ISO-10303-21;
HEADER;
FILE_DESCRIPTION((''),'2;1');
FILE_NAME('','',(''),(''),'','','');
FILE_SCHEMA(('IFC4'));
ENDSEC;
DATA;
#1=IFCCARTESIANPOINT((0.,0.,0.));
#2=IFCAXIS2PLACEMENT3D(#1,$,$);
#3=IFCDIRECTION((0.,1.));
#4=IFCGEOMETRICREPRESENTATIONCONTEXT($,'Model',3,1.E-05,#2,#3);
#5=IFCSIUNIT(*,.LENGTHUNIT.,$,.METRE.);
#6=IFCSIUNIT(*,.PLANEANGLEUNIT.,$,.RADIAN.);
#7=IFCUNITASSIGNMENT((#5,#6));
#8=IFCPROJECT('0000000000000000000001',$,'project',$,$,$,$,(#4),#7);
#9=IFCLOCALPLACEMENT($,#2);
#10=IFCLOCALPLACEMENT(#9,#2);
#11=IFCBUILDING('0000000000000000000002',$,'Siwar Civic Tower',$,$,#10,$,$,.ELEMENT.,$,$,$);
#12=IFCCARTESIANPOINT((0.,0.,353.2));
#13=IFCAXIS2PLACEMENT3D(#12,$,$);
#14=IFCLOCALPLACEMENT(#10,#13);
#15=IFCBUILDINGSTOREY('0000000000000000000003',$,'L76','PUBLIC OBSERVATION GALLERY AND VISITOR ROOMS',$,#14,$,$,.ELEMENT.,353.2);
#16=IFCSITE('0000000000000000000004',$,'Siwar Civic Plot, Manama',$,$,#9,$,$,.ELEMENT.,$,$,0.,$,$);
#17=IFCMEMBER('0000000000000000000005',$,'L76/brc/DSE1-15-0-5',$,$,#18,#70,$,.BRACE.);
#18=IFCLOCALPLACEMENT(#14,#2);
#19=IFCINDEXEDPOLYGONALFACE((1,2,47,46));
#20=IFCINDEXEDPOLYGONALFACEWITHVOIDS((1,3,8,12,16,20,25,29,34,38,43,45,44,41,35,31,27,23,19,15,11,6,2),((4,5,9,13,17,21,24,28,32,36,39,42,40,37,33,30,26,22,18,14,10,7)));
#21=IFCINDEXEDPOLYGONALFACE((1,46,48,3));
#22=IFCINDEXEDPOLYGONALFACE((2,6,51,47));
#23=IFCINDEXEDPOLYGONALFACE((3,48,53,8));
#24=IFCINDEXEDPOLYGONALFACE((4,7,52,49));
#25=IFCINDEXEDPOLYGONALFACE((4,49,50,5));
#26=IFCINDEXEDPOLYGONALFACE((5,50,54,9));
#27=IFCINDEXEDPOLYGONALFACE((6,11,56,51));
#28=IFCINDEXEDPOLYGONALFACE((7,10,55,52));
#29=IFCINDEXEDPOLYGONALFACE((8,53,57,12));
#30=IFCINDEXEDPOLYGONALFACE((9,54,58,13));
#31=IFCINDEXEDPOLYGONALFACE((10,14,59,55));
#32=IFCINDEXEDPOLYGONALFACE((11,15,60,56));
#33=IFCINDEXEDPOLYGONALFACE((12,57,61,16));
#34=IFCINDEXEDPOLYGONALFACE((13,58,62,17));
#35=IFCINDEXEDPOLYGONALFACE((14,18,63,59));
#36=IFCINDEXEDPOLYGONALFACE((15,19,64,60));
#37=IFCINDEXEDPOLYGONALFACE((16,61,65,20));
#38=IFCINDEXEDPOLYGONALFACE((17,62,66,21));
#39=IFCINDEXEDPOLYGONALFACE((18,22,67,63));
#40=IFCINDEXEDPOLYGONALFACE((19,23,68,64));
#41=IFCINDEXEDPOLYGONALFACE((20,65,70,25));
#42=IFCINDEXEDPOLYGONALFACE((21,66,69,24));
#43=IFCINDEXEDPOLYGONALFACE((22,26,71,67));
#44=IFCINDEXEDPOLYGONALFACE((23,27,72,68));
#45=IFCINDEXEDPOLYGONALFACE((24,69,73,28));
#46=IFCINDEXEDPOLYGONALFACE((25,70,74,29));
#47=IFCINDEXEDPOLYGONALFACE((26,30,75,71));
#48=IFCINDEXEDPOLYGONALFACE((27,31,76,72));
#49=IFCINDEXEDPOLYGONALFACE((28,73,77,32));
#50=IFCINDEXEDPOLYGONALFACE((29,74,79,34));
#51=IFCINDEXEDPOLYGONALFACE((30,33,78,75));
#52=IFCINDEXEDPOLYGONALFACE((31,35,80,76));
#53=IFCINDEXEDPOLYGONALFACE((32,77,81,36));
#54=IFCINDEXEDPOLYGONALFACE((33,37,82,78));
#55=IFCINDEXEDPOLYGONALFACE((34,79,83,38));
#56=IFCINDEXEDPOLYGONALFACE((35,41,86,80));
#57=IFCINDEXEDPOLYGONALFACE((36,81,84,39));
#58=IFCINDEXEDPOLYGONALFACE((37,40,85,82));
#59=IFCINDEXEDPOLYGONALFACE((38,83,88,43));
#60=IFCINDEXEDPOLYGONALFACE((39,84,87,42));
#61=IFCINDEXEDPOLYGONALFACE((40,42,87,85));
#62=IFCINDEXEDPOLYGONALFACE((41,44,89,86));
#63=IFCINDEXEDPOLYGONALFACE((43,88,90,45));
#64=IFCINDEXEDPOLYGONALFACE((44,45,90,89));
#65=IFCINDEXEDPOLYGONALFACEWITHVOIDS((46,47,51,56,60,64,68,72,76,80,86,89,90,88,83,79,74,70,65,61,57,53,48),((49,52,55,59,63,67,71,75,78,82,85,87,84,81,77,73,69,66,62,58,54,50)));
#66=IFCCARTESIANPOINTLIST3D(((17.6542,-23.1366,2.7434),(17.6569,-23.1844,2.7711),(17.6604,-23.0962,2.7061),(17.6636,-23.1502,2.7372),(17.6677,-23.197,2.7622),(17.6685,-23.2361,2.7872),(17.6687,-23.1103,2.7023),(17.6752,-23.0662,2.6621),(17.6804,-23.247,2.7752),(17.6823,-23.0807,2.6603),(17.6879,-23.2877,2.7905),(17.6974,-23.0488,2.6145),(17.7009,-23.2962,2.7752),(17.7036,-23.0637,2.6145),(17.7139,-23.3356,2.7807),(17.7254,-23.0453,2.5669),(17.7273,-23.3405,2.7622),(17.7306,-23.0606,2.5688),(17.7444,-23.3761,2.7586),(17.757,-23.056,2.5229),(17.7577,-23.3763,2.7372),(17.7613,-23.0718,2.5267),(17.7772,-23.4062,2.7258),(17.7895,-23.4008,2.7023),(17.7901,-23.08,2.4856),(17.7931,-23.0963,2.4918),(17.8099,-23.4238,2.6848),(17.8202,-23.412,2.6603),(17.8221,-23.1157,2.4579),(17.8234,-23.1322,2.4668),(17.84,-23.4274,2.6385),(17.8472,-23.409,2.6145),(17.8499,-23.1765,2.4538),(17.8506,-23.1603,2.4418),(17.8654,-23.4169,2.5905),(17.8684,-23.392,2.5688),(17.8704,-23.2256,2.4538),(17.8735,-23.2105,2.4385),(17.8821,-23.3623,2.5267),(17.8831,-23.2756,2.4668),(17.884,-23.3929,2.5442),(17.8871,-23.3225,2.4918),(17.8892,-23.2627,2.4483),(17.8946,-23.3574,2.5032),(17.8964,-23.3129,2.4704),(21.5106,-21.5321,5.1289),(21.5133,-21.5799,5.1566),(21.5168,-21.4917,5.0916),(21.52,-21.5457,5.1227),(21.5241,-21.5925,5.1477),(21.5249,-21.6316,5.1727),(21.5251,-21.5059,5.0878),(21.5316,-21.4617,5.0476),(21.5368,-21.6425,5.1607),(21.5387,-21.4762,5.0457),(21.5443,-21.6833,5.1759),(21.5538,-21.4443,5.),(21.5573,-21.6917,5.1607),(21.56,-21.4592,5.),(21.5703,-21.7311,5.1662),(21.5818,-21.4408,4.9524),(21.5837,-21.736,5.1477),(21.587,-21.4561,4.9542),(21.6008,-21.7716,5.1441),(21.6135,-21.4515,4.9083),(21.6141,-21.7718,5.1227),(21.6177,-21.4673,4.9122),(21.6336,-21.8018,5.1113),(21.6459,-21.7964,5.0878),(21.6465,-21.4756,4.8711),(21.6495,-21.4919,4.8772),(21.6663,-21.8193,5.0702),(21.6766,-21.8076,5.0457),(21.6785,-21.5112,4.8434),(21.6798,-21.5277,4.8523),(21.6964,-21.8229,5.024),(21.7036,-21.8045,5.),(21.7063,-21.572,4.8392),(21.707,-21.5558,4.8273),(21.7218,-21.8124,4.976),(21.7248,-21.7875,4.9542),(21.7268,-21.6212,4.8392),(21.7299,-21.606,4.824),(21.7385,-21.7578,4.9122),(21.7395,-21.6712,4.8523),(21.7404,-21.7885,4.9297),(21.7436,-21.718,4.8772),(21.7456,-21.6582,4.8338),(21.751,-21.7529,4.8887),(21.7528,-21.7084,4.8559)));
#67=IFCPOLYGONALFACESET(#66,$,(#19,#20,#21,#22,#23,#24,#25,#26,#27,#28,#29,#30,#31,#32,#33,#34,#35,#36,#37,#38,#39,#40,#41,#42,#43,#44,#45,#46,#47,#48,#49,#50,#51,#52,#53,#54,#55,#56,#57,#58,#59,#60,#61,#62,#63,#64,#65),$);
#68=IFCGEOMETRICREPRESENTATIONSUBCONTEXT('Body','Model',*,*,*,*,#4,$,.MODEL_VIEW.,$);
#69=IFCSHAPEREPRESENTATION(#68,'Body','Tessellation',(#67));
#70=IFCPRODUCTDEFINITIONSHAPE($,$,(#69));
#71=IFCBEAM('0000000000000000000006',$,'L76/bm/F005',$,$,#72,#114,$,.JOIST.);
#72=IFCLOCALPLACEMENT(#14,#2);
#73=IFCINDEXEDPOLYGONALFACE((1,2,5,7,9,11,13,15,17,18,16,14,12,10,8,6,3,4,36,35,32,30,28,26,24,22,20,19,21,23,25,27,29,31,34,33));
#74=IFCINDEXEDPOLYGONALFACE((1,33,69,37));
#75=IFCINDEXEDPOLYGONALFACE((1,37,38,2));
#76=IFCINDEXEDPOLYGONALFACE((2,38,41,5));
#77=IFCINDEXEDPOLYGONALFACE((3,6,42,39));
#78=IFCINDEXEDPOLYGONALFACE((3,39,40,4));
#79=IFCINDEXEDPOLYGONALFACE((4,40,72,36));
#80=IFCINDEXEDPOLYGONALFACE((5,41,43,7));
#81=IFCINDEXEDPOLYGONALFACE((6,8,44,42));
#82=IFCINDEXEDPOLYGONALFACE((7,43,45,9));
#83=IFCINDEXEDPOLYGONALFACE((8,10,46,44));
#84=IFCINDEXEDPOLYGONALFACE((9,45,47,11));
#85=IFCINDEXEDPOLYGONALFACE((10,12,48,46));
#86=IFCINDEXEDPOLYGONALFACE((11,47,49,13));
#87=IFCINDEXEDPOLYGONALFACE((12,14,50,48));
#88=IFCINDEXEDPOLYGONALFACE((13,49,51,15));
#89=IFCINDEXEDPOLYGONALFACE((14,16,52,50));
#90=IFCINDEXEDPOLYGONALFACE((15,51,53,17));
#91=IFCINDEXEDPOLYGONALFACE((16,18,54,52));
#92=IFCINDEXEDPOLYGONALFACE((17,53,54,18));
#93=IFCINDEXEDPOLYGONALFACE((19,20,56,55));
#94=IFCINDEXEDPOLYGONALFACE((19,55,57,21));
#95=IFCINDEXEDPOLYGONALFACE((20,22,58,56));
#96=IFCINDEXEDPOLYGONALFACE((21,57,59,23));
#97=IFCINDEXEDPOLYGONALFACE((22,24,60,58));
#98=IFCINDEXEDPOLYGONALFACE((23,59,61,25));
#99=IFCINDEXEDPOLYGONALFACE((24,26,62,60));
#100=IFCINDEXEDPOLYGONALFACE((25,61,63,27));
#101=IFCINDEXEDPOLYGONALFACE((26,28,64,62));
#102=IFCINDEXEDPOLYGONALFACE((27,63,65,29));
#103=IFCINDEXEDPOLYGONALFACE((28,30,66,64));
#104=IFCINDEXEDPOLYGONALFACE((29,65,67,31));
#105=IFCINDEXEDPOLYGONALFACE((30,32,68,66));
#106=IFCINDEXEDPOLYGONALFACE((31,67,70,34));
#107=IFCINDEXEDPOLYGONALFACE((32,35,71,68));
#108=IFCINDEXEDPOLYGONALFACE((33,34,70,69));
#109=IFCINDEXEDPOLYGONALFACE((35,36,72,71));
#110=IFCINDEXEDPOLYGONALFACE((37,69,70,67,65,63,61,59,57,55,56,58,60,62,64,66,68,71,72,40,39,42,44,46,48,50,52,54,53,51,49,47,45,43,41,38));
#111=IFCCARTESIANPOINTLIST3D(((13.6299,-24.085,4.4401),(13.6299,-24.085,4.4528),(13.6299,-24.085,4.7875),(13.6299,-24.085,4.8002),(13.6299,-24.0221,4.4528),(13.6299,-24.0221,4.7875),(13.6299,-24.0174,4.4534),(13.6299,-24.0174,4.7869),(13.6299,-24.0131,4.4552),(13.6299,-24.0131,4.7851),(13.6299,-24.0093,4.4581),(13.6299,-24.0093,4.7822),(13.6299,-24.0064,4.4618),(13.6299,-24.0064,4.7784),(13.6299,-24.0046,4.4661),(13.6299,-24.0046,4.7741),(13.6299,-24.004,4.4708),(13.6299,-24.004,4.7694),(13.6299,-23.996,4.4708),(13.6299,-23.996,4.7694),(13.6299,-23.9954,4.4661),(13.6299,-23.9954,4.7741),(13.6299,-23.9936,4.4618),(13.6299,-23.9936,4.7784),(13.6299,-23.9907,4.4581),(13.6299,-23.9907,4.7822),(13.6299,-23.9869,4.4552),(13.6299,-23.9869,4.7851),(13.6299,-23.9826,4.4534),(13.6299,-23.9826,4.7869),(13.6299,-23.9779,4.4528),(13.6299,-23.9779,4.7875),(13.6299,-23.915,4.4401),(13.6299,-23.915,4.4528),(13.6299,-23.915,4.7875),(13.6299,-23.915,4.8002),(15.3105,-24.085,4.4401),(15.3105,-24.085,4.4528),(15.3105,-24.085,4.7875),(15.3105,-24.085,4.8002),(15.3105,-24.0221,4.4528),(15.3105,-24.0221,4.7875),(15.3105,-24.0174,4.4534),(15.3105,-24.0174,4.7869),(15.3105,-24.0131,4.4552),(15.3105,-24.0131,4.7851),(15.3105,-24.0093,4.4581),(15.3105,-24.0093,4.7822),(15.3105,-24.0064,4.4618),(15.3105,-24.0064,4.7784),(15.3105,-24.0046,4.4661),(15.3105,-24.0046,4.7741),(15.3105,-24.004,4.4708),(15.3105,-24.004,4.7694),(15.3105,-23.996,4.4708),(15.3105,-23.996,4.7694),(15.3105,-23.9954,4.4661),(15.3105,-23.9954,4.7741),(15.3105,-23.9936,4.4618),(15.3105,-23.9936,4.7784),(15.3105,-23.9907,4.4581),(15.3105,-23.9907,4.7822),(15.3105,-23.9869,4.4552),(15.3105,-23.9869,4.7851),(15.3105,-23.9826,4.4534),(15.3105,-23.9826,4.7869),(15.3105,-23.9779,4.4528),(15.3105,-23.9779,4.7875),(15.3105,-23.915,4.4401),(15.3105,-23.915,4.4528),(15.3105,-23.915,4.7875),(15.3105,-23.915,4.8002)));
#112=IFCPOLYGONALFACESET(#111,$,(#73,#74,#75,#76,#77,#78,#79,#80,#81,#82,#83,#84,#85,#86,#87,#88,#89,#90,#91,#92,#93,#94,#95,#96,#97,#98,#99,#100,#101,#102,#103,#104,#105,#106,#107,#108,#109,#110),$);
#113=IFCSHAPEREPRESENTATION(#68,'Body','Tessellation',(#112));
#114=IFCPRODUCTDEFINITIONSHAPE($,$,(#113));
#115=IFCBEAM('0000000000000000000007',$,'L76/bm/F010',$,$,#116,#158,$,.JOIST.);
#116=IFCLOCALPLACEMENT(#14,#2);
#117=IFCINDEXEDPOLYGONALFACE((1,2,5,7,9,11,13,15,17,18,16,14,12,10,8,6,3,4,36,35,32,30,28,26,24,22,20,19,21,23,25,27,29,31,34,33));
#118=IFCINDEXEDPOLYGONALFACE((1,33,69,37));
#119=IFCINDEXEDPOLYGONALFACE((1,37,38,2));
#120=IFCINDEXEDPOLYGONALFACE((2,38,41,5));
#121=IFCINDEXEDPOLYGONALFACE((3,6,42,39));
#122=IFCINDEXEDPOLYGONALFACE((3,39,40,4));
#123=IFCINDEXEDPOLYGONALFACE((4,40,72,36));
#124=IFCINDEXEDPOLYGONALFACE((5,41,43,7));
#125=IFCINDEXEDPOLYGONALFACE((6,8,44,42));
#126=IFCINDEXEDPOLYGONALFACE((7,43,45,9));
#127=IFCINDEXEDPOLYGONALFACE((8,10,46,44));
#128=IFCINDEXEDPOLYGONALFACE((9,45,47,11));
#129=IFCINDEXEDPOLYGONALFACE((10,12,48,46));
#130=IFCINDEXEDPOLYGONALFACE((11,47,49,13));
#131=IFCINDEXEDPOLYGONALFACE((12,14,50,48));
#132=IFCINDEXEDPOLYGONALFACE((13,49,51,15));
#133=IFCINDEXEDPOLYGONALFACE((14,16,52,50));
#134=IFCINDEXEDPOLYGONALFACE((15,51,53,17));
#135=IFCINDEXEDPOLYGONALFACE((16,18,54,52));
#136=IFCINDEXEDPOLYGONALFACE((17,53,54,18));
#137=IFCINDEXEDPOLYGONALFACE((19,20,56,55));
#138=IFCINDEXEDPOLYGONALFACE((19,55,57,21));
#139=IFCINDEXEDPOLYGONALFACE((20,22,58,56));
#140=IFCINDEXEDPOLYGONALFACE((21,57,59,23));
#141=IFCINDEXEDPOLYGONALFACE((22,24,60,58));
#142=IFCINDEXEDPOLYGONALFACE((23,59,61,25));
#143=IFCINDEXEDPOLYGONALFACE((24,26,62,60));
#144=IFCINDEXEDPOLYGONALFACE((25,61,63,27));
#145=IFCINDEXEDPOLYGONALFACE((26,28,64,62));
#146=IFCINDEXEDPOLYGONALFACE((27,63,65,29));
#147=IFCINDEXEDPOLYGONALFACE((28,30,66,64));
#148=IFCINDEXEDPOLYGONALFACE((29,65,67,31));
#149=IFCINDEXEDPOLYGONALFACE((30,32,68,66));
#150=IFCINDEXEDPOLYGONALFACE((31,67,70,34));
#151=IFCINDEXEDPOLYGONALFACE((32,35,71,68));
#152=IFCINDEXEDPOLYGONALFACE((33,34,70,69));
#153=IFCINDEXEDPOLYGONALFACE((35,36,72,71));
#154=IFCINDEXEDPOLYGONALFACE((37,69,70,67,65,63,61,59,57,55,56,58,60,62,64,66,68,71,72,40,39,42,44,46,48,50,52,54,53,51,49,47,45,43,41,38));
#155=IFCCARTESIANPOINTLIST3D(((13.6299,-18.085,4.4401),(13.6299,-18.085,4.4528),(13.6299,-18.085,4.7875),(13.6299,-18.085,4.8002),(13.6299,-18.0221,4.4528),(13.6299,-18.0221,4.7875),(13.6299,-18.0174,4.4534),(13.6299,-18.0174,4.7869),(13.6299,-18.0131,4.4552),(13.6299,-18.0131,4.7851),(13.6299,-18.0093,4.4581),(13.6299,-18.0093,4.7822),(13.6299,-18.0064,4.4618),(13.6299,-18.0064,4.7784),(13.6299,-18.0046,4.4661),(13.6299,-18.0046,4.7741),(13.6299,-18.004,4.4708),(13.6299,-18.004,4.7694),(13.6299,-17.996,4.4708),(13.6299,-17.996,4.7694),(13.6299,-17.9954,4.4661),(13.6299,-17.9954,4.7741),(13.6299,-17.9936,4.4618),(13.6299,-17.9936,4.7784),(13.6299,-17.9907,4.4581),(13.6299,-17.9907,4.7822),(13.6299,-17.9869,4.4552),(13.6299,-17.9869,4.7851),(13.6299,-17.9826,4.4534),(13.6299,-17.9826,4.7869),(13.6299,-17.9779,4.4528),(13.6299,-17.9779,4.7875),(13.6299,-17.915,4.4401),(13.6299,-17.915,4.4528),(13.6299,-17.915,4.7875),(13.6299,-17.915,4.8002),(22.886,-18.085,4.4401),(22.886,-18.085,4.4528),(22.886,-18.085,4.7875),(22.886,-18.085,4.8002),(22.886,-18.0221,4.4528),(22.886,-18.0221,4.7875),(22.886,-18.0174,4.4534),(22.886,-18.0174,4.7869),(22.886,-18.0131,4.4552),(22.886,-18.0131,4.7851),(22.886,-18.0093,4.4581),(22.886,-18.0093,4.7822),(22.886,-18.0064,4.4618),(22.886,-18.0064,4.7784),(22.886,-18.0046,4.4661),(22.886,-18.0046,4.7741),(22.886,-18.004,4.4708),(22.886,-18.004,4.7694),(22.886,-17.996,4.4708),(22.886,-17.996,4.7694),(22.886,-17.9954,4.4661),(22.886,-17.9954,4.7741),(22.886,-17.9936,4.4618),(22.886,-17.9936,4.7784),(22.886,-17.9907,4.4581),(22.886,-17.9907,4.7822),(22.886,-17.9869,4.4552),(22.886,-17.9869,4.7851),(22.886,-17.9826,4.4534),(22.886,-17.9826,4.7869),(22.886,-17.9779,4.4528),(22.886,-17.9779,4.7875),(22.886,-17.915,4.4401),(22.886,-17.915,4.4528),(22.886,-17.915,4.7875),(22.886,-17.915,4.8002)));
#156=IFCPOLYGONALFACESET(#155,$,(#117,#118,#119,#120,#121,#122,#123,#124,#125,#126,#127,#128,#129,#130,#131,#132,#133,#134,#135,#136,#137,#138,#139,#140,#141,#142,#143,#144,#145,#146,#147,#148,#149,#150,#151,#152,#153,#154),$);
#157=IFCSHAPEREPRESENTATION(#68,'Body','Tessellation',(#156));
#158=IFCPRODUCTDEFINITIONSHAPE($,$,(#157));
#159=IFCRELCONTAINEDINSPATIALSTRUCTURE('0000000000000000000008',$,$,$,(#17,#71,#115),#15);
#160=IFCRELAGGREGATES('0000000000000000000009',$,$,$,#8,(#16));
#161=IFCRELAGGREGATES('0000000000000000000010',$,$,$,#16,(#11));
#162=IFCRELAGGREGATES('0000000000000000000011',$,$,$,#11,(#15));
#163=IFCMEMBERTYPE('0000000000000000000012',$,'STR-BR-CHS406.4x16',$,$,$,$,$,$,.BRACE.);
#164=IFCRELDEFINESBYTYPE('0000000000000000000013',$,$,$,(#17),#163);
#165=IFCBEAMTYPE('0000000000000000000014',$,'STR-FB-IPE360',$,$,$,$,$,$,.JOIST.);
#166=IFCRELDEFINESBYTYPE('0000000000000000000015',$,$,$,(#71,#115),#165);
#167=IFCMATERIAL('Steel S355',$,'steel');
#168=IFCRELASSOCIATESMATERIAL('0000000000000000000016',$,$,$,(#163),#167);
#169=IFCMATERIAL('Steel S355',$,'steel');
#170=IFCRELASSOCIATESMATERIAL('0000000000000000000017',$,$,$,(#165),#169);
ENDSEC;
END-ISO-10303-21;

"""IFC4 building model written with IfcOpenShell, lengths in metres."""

from ifc_helpers import new_model, si_unit, direction, frame, origin, origin_2d, place, context, subcontext, project, spatial, hollow_circle, i_section, extrude, material, material_profile, profile_set, type_object, element, save


model = new_model("IFC4")

# Units and contexts
model_context = context("Model", 3, precision=1e-05, world=origin(), true_north=direction((0.0, 1.0)))
body_context = subcontext(model_context, "Body", "Model", "MODEL_VIEW")
ifc_project = project(units=[si_unit("LENGTHUNIT", "METRE"), si_unit("PLANEANGLEUNIT", "RADIAN")], contexts=[model_context])

# Site, building, storey
site_placement = place(None, origin())
site = spatial("IfcSite", under=ifc_project, at=site_placement, Name="Siwar Civic Plot, Manama", CompositionType="ELEMENT", RefElevation=0.0)
building_placement = place(site_placement, origin())
building = spatial("IfcBuilding", under=site, at=building_placement, Name="Siwar Civic Tower", CompositionType="ELEMENT")
storey_placement = place(building_placement, frame((0.0, 0.0, 353.2)))
storey = spatial("IfcBuildingStorey", under=building, at=storey_placement, Name="L76", Description="PUBLIC OBSERVATION GALLERY AND VISITOR ROOMS", CompositionType="ELEMENT", Elevation=353.2)

# Member
ifc_material_1 = material(Name="Steel S355", Category="steel")
ifc_material_profile_1 = material_profile(ifc_material_1, hollow_circle(Radius=0.2031, WallThickness=0.0161, at=origin_2d()), Name="CHS406.4x16")
ifc_profile_set_1 = profile_set([ifc_material_profile_1], Name="Steel S355")
member_type_1 = type_object("IfcMemberType", Name="STR-BR-CHS406.4x16", PredefinedType="BRACE", material=ifc_profile_set_1)
for number, where, z_axis, x_axis, name in (
    (1, (17.7754, -23.2363, 2.6145), (0.801737, 0.333567, 0.495934), (-0.384134, 0.923277, 0.0), "L76/brc/DSE1-15-0-5"),
):
    element("IfcMember", number, at=place(storey_placement, frame(where, z_axis=z_axis, x_axis=x_axis)), inside=storey, type_object=member_type_1, Name=name, PredefinedType="BRACE", context=body_context, shape_type="SweptSolid", body=[
        extrude(hollow_circle(Radius=0.2031, WallThickness=0.0161, at=origin_2d()), origin(), (0.0, 0.0, 1.0), 4.8101),
    ])

# Beams
ifc_material_2 = material(Name="Steel S355", Category="steel")
ifc_material_profile_2 = material_profile(ifc_material_2, i_section(OverallWidth=0.1699, OverallDepth=0.3601, WebThickness=0.0081, FlangeThickness=0.0127, FilletRadius=0.0181, at=origin_2d()), Name="IPE360")
ifc_profile_set_2 = profile_set([ifc_material_profile_2], Name="Steel S355")
beam_type_1 = type_object("IfcBeamType", Name="STR-FB-IPE360", PredefinedType="JOIST", material=ifc_profile_set_2)
beam_1_placement = place(storey_placement, frame((13.6299, -24.0, 4.6201), z_axis=(1.0, 0.0, 0.0), x_axis=(0.0, 1.0, 0.0)))
element("IfcBeam", 2, at=beam_1_placement, inside=storey, type_object=beam_type_1, Name="L76/bm/F005", PredefinedType="JOIST", context=body_context, shape_type="SweptSolid", body=[
    extrude(i_section(OverallWidth=0.1699, OverallDepth=0.3601, WebThickness=0.0081, FlangeThickness=0.0127, FilletRadius=0.0181, at=origin_2d()), origin(), (0.0, 0.0, 1.0), 1.6807),
])
beam_2_placement = place(storey_placement, frame((13.6299, -18.0, 4.6201), z_axis=(1.0, 0.0, 0.0), x_axis=(0.0, 1.0, 0.0)))
element("IfcBeam", 3, at=beam_2_placement, inside=storey, type_object=beam_type_1, Name="L76/bm/F010", PredefinedType="JOIST", context=body_context, shape_type="SweptSolid", body=[
    extrude(i_section(OverallWidth=0.1699, OverallDepth=0.3601, WebThickness=0.0081, FlangeThickness=0.0127, FilletRadius=0.0181, at=origin_2d()), origin(), (0.0, 0.0, 1.0), 9.2561),
])

save(model, "model.ifc")
